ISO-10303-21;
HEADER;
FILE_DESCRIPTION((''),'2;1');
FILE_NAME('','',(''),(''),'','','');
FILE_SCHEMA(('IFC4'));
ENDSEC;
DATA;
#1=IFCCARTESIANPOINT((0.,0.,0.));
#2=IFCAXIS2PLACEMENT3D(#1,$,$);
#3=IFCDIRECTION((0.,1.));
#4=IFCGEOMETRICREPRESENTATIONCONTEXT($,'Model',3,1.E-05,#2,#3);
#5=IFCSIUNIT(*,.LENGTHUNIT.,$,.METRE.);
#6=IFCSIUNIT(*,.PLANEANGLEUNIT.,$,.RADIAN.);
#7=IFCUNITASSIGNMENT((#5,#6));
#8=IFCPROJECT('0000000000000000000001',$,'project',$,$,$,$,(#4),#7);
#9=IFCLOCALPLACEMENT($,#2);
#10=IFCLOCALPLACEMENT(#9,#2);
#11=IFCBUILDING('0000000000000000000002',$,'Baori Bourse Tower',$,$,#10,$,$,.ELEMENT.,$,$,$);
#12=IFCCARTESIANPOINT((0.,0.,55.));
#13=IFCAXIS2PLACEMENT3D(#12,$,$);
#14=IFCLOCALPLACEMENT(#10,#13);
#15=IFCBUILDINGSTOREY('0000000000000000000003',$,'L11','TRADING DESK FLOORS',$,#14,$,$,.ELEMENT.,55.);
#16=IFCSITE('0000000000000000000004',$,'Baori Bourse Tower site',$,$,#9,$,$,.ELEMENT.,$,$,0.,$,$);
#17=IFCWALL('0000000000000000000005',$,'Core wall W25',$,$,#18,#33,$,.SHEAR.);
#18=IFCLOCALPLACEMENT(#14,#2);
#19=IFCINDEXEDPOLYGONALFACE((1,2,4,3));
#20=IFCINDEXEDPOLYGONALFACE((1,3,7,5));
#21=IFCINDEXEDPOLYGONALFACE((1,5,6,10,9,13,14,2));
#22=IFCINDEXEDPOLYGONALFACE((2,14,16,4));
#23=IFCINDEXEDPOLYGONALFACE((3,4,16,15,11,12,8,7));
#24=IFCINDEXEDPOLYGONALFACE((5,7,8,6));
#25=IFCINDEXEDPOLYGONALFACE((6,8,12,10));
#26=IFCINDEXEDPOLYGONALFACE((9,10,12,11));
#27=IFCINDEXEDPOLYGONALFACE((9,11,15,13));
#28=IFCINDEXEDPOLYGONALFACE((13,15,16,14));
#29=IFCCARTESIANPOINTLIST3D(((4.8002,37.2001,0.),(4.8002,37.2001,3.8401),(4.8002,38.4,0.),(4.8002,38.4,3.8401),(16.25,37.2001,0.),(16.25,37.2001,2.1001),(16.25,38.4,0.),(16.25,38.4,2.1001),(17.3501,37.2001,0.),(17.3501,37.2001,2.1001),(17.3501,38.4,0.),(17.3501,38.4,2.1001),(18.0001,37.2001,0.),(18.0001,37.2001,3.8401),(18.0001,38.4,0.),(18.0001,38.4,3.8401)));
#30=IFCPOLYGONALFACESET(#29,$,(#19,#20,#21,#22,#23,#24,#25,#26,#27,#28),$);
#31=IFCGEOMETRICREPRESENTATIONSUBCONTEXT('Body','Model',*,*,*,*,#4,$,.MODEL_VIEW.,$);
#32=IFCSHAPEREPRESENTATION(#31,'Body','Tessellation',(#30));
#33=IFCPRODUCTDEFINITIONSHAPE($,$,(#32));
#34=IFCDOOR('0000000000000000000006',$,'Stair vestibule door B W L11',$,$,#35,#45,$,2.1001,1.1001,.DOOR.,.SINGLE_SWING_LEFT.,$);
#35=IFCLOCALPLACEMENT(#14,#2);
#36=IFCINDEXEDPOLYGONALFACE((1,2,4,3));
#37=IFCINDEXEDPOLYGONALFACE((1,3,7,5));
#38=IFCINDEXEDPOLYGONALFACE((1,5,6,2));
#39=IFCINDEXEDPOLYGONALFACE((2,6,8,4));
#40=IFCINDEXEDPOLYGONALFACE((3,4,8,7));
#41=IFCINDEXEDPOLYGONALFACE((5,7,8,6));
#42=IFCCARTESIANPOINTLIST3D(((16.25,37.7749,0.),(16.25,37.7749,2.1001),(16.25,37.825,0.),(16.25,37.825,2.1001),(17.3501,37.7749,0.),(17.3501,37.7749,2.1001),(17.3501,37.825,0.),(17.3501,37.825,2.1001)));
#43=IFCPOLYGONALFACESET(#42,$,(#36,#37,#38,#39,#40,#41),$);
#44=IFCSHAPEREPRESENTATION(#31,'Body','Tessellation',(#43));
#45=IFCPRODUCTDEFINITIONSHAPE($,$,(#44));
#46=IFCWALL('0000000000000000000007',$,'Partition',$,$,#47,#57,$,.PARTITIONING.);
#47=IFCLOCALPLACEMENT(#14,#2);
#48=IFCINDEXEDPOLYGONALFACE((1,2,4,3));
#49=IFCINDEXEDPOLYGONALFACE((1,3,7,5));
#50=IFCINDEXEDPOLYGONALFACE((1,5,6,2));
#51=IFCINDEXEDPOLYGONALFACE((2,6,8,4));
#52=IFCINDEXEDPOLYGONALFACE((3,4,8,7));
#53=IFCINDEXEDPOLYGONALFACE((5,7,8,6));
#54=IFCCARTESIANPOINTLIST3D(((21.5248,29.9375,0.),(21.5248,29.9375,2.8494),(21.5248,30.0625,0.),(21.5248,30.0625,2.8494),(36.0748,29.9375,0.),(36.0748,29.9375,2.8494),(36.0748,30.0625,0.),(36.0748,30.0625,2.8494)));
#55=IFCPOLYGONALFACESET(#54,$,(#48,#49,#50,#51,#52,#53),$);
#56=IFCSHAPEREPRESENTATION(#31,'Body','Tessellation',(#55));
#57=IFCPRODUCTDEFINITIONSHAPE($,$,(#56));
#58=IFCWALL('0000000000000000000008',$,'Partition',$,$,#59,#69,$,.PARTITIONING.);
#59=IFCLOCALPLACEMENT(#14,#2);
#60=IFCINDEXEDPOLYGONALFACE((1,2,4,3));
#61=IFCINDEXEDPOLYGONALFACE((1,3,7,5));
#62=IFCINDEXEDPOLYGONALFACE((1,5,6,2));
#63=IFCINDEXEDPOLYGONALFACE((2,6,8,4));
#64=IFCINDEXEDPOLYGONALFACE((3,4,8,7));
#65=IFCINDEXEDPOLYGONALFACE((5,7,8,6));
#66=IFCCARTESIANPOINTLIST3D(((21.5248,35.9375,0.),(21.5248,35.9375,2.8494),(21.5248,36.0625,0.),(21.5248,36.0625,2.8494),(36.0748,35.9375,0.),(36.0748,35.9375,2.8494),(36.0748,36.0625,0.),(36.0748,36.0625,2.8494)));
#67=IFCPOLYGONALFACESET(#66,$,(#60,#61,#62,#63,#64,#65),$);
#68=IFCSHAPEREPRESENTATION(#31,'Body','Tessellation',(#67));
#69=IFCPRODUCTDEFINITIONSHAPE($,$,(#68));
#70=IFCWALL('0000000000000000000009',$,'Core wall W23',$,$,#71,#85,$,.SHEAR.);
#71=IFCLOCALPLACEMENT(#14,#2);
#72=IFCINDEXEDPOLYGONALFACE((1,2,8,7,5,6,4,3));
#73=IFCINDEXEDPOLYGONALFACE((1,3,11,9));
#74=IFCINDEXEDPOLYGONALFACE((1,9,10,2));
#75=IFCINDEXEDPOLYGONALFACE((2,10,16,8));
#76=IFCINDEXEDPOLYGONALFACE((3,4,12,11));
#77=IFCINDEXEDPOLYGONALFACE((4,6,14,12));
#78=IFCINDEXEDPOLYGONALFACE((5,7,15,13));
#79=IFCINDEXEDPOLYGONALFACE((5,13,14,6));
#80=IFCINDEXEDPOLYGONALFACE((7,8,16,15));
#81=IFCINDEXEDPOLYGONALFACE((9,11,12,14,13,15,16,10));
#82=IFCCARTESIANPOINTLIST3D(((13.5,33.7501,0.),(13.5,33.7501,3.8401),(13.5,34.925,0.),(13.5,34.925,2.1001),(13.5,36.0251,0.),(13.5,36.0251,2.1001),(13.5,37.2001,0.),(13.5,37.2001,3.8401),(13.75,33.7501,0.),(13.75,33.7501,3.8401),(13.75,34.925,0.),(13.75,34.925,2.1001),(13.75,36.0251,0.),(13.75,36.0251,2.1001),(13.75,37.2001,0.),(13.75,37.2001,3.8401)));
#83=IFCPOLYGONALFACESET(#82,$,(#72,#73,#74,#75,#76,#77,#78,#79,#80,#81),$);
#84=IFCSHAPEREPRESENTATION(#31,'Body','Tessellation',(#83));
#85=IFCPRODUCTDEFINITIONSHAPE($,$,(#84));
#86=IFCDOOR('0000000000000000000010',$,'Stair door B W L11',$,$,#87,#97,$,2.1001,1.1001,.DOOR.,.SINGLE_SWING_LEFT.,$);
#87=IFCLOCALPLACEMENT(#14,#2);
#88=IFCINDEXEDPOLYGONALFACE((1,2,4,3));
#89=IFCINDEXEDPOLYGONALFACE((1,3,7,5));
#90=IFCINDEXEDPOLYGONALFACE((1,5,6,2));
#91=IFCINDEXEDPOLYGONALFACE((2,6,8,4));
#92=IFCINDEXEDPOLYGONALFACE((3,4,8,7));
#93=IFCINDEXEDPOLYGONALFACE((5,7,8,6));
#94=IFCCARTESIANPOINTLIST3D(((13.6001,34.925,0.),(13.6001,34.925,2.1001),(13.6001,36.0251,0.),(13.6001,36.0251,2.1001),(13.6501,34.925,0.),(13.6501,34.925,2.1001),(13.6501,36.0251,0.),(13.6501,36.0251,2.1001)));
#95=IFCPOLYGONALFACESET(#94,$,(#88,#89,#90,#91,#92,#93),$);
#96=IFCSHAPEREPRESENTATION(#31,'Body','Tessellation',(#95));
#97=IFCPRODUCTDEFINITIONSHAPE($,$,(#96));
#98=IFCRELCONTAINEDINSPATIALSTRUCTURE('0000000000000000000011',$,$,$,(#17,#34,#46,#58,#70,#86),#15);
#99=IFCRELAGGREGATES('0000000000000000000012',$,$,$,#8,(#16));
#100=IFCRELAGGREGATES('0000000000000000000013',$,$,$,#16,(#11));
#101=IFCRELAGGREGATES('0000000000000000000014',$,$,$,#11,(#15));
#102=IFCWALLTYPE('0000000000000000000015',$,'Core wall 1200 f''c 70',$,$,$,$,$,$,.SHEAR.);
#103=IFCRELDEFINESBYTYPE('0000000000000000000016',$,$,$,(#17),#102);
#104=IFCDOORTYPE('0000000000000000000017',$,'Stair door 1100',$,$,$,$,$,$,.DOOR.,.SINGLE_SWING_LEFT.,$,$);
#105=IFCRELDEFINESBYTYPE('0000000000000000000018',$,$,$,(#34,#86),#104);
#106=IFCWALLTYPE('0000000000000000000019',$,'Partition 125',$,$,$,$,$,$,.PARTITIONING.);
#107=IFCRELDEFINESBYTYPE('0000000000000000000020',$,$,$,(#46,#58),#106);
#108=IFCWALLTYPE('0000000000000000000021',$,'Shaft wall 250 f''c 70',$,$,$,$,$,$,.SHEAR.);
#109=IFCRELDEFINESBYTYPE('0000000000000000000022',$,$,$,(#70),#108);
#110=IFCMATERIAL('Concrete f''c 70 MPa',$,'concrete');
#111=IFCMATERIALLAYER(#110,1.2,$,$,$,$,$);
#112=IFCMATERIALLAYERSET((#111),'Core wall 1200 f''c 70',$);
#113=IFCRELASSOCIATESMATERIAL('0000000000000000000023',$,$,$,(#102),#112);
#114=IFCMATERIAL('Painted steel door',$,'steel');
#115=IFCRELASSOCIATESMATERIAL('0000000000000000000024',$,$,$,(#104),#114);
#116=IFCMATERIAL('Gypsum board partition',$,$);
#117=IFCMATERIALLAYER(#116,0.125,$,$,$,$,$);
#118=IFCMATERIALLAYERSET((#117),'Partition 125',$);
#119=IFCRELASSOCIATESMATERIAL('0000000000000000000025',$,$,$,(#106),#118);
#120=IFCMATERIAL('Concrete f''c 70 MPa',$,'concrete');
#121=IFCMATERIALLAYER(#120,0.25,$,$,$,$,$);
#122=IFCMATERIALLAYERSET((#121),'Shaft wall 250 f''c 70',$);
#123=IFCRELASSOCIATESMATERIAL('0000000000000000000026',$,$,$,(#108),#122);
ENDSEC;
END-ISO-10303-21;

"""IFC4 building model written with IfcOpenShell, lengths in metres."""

from ifc_helpers import new_model, si_unit, direction, frame, frame_2d, origin, place, context, subcontext, project, spatial, rectangle, extrude, material, layer, layer_set, type_object, element, fill, save


model = new_model("IFC4")

# Units and contexts
model_context = context("Model", 3, precision=1e-05, world=origin(), true_north=direction((0.0, 1.0)))
body_context = subcontext(model_context, "Body", "Model", "MODEL_VIEW")
ifc_project = project(units=[si_unit("LENGTHUNIT", "METRE"), si_unit("PLANEANGLEUNIT", "RADIAN")], contexts=[model_context])

# Site, building, storey
site_placement = place(None, origin())
site = spatial("IfcSite", under=ifc_project, at=site_placement, Name="Baori Bourse Tower site", CompositionType="ELEMENT", RefElevation=0.0)
building_placement = place(site_placement, origin())
building = spatial("IfcBuilding", under=site, at=building_placement, Name="Baori Bourse Tower", CompositionType="ELEMENT")
storey_placement = place(building_placement, frame((0.0, 0.0, 55.0)))
storey = spatial("IfcBuildingStorey", under=building, at=storey_placement, Name="L11", Description="TRADING DESK FLOORS", CompositionType="ELEMENT", Elevation=55.0)

# Shared definitions
ifc_material_1 = material(Name="Concrete f'c 70 MPa", Category="concrete")
ifc_layer_1 = layer(ifc_material_1, 1.2)
ifc_layer_set_1 = layer_set([ifc_layer_1], Name="Core wall 1200 f'c 70")
wall_type_1 = type_object("IfcWallType", Name="Core wall 1200 f'c 70", PredefinedType="SHEAR", material=ifc_layer_set_1)

# Wall, opening, door
wall_1_placement = place(storey_placement, frame((4.8, 37.8, 0.0), z_axis=(0.0, 0.0, 1.0), x_axis=(1.0, 0.0, 0.0)))
wall_1 = element("IfcWall", 1, at=wall_1_placement, inside=storey, type_object=wall_type_1, Name="Core wall W25", PredefinedType="SHEAR", context=body_context, shape_type="SweptSolid", body=[
    extrude(rectangle(XDim=13.2, YDim=1.2, at=frame_2d((6.6001, 0.0))), origin(), (0.0, 0.0, 1.0), 3.8401),
])
opening_1_placement = place(wall_1_placement, frame((11.45, 0.0, 0.0)))
opening_1 = element("IfcOpeningElement", 2, at=opening_1_placement, cuts=wall_1, PredefinedType="OPENING", context=body_context, shape_type="SweptSolid", body=[
    extrude(rectangle(XDim=1.1001, YDim=2.1001, at=frame_2d((0.55, 1.05))), frame((0.0, 0.6099, 0.0), z_axis=(0.0, -1.0, 0.0), x_axis=(1.0, 0.0, 0.0)), (0.0, 0.0, 1.0), 1.22),
])
ifc_material_2 = material(Name="Painted steel door", Category="steel")
door_type_1 = type_object("IfcDoorType", Name="Stair door 1100", OperationType="SINGLE_SWING_LEFT", PredefinedType="DOOR", material=ifc_material_2)
door_1_placement = place(opening_1_placement, origin())
door_1 = element("IfcDoor", 3, at=door_1_placement, inside=storey, type_object=door_type_1, Name="Stair vestibule door B W L11", OperationType="SINGLE_SWING_LEFT", OverallHeight=2.1001, OverallWidth=1.1001, PredefinedType="DOOR", context=body_context, shape_type="SweptSolid", body=[
    extrude(rectangle(XDim=1.1001, YDim=2.1001, at=frame_2d((0.55, 1.05))), frame((0.0, 0.0249, 0.0), z_axis=(0.0, -1.0, 0.0), x_axis=(1.0, 0.0, 0.0)), (0.0, 0.0, 1.0), 0.05),
])
fill(opening_1, door_1)

# Walls
ifc_material_3 = material(Name="Gypsum board partition")
ifc_layer_2 = layer(ifc_material_3, 0.125)
ifc_layer_set_2 = layer_set([ifc_layer_2], Name="Partition 125")
wall_type_2 = type_object("IfcWallType", Name="Partition 125", PredefinedType="PARTITIONING", material=ifc_layer_set_2)
for number, where, z_axis, x_axis, name in (
    (4, (21.5249, 30.0, 0.0), (0.0, 0.0, 1.0), (1.0, 0.0, 0.0), "Partition"),
    (5, (21.5249, 36.0, 0.0), (0.0, 0.0, 1.0), (1.0, 0.0, 0.0), "Partition"),
):
    element("IfcWall", number, at=place(storey_placement, frame(where, z_axis=z_axis, x_axis=x_axis)), inside=storey, type_object=wall_type_2, Name=name, PredefinedType="PARTITIONING", context=body_context, shape_type="SweptSolid", body=[
        extrude(rectangle(XDim=14.55, YDim=0.125, at=frame_2d((7.2749, 0.0))), origin(), (0.0, 0.0, 1.0), 2.8494),
    ])

# Wall, opening, door
ifc_material_4 = material(Name="Concrete f'c 70 MPa", Category="concrete")
ifc_layer_3 = layer(ifc_material_4, 0.25)
ifc_layer_set_3 = layer_set([ifc_layer_3], Name="Shaft wall 250 f'c 70")
wall_type_3 = type_object("IfcWallType", Name="Shaft wall 250 f'c 70", PredefinedType="SHEAR", material=ifc_layer_set_3)
wall_2_placement = place(storey_placement, frame((13.625, 33.75, 0.0), z_axis=(0.0, 0.0, 1.0), x_axis=(0.0, 1.0, 0.0)))
wall_2 = element("IfcWall", 6, at=wall_2_placement, inside=storey, type_object=wall_type_3, Name="Core wall W23", PredefinedType="SHEAR", context=body_context, shape_type="SweptSolid", body=[
    extrude(rectangle(XDim=3.45, YDim=0.25, at=frame_2d((1.7251, 0.0))), origin(), (0.0, 0.0, 1.0), 3.8401),
])
opening_2_placement = place(wall_2_placement, frame((1.175, 0.0, 0.0)))
opening_2 = element("IfcOpeningElement", 7, at=opening_2_placement, cuts=wall_2, PredefinedType="OPENING", context=body_context, shape_type="SweptSolid", body=[
    extrude(rectangle(XDim=1.1001, YDim=2.1001, at=frame_2d((0.55, 1.05))), frame((0.0, 0.135, 0.0), z_axis=(0.0, -1.0, 0.0), x_axis=(1.0, 0.0, 0.0)), (0.0, 0.0, 1.0), 0.27),
])
door_2_placement = place(opening_2_placement, origin())
door_2 = element("IfcDoor", 8, at=door_2_placement, inside=storey, type_object=door_type_1, Name="Stair door B W L11", OperationType="SINGLE_SWING_LEFT", OverallHeight=2.1001, OverallWidth=1.1001, PredefinedType="DOOR", context=body_context, shape_type="SweptSolid", body=[
    extrude(rectangle(XDim=1.1001, YDim=2.1001, at=frame_2d((0.55, 1.05))), frame((0.0, 0.0249, 0.0), z_axis=(0.0, -1.0, 0.0), x_axis=(1.0, 0.0, 0.0)), (0.0, 0.0, 1.0), 0.05),
])
fill(opening_2, door_2)

save(model, "model.ifc")
